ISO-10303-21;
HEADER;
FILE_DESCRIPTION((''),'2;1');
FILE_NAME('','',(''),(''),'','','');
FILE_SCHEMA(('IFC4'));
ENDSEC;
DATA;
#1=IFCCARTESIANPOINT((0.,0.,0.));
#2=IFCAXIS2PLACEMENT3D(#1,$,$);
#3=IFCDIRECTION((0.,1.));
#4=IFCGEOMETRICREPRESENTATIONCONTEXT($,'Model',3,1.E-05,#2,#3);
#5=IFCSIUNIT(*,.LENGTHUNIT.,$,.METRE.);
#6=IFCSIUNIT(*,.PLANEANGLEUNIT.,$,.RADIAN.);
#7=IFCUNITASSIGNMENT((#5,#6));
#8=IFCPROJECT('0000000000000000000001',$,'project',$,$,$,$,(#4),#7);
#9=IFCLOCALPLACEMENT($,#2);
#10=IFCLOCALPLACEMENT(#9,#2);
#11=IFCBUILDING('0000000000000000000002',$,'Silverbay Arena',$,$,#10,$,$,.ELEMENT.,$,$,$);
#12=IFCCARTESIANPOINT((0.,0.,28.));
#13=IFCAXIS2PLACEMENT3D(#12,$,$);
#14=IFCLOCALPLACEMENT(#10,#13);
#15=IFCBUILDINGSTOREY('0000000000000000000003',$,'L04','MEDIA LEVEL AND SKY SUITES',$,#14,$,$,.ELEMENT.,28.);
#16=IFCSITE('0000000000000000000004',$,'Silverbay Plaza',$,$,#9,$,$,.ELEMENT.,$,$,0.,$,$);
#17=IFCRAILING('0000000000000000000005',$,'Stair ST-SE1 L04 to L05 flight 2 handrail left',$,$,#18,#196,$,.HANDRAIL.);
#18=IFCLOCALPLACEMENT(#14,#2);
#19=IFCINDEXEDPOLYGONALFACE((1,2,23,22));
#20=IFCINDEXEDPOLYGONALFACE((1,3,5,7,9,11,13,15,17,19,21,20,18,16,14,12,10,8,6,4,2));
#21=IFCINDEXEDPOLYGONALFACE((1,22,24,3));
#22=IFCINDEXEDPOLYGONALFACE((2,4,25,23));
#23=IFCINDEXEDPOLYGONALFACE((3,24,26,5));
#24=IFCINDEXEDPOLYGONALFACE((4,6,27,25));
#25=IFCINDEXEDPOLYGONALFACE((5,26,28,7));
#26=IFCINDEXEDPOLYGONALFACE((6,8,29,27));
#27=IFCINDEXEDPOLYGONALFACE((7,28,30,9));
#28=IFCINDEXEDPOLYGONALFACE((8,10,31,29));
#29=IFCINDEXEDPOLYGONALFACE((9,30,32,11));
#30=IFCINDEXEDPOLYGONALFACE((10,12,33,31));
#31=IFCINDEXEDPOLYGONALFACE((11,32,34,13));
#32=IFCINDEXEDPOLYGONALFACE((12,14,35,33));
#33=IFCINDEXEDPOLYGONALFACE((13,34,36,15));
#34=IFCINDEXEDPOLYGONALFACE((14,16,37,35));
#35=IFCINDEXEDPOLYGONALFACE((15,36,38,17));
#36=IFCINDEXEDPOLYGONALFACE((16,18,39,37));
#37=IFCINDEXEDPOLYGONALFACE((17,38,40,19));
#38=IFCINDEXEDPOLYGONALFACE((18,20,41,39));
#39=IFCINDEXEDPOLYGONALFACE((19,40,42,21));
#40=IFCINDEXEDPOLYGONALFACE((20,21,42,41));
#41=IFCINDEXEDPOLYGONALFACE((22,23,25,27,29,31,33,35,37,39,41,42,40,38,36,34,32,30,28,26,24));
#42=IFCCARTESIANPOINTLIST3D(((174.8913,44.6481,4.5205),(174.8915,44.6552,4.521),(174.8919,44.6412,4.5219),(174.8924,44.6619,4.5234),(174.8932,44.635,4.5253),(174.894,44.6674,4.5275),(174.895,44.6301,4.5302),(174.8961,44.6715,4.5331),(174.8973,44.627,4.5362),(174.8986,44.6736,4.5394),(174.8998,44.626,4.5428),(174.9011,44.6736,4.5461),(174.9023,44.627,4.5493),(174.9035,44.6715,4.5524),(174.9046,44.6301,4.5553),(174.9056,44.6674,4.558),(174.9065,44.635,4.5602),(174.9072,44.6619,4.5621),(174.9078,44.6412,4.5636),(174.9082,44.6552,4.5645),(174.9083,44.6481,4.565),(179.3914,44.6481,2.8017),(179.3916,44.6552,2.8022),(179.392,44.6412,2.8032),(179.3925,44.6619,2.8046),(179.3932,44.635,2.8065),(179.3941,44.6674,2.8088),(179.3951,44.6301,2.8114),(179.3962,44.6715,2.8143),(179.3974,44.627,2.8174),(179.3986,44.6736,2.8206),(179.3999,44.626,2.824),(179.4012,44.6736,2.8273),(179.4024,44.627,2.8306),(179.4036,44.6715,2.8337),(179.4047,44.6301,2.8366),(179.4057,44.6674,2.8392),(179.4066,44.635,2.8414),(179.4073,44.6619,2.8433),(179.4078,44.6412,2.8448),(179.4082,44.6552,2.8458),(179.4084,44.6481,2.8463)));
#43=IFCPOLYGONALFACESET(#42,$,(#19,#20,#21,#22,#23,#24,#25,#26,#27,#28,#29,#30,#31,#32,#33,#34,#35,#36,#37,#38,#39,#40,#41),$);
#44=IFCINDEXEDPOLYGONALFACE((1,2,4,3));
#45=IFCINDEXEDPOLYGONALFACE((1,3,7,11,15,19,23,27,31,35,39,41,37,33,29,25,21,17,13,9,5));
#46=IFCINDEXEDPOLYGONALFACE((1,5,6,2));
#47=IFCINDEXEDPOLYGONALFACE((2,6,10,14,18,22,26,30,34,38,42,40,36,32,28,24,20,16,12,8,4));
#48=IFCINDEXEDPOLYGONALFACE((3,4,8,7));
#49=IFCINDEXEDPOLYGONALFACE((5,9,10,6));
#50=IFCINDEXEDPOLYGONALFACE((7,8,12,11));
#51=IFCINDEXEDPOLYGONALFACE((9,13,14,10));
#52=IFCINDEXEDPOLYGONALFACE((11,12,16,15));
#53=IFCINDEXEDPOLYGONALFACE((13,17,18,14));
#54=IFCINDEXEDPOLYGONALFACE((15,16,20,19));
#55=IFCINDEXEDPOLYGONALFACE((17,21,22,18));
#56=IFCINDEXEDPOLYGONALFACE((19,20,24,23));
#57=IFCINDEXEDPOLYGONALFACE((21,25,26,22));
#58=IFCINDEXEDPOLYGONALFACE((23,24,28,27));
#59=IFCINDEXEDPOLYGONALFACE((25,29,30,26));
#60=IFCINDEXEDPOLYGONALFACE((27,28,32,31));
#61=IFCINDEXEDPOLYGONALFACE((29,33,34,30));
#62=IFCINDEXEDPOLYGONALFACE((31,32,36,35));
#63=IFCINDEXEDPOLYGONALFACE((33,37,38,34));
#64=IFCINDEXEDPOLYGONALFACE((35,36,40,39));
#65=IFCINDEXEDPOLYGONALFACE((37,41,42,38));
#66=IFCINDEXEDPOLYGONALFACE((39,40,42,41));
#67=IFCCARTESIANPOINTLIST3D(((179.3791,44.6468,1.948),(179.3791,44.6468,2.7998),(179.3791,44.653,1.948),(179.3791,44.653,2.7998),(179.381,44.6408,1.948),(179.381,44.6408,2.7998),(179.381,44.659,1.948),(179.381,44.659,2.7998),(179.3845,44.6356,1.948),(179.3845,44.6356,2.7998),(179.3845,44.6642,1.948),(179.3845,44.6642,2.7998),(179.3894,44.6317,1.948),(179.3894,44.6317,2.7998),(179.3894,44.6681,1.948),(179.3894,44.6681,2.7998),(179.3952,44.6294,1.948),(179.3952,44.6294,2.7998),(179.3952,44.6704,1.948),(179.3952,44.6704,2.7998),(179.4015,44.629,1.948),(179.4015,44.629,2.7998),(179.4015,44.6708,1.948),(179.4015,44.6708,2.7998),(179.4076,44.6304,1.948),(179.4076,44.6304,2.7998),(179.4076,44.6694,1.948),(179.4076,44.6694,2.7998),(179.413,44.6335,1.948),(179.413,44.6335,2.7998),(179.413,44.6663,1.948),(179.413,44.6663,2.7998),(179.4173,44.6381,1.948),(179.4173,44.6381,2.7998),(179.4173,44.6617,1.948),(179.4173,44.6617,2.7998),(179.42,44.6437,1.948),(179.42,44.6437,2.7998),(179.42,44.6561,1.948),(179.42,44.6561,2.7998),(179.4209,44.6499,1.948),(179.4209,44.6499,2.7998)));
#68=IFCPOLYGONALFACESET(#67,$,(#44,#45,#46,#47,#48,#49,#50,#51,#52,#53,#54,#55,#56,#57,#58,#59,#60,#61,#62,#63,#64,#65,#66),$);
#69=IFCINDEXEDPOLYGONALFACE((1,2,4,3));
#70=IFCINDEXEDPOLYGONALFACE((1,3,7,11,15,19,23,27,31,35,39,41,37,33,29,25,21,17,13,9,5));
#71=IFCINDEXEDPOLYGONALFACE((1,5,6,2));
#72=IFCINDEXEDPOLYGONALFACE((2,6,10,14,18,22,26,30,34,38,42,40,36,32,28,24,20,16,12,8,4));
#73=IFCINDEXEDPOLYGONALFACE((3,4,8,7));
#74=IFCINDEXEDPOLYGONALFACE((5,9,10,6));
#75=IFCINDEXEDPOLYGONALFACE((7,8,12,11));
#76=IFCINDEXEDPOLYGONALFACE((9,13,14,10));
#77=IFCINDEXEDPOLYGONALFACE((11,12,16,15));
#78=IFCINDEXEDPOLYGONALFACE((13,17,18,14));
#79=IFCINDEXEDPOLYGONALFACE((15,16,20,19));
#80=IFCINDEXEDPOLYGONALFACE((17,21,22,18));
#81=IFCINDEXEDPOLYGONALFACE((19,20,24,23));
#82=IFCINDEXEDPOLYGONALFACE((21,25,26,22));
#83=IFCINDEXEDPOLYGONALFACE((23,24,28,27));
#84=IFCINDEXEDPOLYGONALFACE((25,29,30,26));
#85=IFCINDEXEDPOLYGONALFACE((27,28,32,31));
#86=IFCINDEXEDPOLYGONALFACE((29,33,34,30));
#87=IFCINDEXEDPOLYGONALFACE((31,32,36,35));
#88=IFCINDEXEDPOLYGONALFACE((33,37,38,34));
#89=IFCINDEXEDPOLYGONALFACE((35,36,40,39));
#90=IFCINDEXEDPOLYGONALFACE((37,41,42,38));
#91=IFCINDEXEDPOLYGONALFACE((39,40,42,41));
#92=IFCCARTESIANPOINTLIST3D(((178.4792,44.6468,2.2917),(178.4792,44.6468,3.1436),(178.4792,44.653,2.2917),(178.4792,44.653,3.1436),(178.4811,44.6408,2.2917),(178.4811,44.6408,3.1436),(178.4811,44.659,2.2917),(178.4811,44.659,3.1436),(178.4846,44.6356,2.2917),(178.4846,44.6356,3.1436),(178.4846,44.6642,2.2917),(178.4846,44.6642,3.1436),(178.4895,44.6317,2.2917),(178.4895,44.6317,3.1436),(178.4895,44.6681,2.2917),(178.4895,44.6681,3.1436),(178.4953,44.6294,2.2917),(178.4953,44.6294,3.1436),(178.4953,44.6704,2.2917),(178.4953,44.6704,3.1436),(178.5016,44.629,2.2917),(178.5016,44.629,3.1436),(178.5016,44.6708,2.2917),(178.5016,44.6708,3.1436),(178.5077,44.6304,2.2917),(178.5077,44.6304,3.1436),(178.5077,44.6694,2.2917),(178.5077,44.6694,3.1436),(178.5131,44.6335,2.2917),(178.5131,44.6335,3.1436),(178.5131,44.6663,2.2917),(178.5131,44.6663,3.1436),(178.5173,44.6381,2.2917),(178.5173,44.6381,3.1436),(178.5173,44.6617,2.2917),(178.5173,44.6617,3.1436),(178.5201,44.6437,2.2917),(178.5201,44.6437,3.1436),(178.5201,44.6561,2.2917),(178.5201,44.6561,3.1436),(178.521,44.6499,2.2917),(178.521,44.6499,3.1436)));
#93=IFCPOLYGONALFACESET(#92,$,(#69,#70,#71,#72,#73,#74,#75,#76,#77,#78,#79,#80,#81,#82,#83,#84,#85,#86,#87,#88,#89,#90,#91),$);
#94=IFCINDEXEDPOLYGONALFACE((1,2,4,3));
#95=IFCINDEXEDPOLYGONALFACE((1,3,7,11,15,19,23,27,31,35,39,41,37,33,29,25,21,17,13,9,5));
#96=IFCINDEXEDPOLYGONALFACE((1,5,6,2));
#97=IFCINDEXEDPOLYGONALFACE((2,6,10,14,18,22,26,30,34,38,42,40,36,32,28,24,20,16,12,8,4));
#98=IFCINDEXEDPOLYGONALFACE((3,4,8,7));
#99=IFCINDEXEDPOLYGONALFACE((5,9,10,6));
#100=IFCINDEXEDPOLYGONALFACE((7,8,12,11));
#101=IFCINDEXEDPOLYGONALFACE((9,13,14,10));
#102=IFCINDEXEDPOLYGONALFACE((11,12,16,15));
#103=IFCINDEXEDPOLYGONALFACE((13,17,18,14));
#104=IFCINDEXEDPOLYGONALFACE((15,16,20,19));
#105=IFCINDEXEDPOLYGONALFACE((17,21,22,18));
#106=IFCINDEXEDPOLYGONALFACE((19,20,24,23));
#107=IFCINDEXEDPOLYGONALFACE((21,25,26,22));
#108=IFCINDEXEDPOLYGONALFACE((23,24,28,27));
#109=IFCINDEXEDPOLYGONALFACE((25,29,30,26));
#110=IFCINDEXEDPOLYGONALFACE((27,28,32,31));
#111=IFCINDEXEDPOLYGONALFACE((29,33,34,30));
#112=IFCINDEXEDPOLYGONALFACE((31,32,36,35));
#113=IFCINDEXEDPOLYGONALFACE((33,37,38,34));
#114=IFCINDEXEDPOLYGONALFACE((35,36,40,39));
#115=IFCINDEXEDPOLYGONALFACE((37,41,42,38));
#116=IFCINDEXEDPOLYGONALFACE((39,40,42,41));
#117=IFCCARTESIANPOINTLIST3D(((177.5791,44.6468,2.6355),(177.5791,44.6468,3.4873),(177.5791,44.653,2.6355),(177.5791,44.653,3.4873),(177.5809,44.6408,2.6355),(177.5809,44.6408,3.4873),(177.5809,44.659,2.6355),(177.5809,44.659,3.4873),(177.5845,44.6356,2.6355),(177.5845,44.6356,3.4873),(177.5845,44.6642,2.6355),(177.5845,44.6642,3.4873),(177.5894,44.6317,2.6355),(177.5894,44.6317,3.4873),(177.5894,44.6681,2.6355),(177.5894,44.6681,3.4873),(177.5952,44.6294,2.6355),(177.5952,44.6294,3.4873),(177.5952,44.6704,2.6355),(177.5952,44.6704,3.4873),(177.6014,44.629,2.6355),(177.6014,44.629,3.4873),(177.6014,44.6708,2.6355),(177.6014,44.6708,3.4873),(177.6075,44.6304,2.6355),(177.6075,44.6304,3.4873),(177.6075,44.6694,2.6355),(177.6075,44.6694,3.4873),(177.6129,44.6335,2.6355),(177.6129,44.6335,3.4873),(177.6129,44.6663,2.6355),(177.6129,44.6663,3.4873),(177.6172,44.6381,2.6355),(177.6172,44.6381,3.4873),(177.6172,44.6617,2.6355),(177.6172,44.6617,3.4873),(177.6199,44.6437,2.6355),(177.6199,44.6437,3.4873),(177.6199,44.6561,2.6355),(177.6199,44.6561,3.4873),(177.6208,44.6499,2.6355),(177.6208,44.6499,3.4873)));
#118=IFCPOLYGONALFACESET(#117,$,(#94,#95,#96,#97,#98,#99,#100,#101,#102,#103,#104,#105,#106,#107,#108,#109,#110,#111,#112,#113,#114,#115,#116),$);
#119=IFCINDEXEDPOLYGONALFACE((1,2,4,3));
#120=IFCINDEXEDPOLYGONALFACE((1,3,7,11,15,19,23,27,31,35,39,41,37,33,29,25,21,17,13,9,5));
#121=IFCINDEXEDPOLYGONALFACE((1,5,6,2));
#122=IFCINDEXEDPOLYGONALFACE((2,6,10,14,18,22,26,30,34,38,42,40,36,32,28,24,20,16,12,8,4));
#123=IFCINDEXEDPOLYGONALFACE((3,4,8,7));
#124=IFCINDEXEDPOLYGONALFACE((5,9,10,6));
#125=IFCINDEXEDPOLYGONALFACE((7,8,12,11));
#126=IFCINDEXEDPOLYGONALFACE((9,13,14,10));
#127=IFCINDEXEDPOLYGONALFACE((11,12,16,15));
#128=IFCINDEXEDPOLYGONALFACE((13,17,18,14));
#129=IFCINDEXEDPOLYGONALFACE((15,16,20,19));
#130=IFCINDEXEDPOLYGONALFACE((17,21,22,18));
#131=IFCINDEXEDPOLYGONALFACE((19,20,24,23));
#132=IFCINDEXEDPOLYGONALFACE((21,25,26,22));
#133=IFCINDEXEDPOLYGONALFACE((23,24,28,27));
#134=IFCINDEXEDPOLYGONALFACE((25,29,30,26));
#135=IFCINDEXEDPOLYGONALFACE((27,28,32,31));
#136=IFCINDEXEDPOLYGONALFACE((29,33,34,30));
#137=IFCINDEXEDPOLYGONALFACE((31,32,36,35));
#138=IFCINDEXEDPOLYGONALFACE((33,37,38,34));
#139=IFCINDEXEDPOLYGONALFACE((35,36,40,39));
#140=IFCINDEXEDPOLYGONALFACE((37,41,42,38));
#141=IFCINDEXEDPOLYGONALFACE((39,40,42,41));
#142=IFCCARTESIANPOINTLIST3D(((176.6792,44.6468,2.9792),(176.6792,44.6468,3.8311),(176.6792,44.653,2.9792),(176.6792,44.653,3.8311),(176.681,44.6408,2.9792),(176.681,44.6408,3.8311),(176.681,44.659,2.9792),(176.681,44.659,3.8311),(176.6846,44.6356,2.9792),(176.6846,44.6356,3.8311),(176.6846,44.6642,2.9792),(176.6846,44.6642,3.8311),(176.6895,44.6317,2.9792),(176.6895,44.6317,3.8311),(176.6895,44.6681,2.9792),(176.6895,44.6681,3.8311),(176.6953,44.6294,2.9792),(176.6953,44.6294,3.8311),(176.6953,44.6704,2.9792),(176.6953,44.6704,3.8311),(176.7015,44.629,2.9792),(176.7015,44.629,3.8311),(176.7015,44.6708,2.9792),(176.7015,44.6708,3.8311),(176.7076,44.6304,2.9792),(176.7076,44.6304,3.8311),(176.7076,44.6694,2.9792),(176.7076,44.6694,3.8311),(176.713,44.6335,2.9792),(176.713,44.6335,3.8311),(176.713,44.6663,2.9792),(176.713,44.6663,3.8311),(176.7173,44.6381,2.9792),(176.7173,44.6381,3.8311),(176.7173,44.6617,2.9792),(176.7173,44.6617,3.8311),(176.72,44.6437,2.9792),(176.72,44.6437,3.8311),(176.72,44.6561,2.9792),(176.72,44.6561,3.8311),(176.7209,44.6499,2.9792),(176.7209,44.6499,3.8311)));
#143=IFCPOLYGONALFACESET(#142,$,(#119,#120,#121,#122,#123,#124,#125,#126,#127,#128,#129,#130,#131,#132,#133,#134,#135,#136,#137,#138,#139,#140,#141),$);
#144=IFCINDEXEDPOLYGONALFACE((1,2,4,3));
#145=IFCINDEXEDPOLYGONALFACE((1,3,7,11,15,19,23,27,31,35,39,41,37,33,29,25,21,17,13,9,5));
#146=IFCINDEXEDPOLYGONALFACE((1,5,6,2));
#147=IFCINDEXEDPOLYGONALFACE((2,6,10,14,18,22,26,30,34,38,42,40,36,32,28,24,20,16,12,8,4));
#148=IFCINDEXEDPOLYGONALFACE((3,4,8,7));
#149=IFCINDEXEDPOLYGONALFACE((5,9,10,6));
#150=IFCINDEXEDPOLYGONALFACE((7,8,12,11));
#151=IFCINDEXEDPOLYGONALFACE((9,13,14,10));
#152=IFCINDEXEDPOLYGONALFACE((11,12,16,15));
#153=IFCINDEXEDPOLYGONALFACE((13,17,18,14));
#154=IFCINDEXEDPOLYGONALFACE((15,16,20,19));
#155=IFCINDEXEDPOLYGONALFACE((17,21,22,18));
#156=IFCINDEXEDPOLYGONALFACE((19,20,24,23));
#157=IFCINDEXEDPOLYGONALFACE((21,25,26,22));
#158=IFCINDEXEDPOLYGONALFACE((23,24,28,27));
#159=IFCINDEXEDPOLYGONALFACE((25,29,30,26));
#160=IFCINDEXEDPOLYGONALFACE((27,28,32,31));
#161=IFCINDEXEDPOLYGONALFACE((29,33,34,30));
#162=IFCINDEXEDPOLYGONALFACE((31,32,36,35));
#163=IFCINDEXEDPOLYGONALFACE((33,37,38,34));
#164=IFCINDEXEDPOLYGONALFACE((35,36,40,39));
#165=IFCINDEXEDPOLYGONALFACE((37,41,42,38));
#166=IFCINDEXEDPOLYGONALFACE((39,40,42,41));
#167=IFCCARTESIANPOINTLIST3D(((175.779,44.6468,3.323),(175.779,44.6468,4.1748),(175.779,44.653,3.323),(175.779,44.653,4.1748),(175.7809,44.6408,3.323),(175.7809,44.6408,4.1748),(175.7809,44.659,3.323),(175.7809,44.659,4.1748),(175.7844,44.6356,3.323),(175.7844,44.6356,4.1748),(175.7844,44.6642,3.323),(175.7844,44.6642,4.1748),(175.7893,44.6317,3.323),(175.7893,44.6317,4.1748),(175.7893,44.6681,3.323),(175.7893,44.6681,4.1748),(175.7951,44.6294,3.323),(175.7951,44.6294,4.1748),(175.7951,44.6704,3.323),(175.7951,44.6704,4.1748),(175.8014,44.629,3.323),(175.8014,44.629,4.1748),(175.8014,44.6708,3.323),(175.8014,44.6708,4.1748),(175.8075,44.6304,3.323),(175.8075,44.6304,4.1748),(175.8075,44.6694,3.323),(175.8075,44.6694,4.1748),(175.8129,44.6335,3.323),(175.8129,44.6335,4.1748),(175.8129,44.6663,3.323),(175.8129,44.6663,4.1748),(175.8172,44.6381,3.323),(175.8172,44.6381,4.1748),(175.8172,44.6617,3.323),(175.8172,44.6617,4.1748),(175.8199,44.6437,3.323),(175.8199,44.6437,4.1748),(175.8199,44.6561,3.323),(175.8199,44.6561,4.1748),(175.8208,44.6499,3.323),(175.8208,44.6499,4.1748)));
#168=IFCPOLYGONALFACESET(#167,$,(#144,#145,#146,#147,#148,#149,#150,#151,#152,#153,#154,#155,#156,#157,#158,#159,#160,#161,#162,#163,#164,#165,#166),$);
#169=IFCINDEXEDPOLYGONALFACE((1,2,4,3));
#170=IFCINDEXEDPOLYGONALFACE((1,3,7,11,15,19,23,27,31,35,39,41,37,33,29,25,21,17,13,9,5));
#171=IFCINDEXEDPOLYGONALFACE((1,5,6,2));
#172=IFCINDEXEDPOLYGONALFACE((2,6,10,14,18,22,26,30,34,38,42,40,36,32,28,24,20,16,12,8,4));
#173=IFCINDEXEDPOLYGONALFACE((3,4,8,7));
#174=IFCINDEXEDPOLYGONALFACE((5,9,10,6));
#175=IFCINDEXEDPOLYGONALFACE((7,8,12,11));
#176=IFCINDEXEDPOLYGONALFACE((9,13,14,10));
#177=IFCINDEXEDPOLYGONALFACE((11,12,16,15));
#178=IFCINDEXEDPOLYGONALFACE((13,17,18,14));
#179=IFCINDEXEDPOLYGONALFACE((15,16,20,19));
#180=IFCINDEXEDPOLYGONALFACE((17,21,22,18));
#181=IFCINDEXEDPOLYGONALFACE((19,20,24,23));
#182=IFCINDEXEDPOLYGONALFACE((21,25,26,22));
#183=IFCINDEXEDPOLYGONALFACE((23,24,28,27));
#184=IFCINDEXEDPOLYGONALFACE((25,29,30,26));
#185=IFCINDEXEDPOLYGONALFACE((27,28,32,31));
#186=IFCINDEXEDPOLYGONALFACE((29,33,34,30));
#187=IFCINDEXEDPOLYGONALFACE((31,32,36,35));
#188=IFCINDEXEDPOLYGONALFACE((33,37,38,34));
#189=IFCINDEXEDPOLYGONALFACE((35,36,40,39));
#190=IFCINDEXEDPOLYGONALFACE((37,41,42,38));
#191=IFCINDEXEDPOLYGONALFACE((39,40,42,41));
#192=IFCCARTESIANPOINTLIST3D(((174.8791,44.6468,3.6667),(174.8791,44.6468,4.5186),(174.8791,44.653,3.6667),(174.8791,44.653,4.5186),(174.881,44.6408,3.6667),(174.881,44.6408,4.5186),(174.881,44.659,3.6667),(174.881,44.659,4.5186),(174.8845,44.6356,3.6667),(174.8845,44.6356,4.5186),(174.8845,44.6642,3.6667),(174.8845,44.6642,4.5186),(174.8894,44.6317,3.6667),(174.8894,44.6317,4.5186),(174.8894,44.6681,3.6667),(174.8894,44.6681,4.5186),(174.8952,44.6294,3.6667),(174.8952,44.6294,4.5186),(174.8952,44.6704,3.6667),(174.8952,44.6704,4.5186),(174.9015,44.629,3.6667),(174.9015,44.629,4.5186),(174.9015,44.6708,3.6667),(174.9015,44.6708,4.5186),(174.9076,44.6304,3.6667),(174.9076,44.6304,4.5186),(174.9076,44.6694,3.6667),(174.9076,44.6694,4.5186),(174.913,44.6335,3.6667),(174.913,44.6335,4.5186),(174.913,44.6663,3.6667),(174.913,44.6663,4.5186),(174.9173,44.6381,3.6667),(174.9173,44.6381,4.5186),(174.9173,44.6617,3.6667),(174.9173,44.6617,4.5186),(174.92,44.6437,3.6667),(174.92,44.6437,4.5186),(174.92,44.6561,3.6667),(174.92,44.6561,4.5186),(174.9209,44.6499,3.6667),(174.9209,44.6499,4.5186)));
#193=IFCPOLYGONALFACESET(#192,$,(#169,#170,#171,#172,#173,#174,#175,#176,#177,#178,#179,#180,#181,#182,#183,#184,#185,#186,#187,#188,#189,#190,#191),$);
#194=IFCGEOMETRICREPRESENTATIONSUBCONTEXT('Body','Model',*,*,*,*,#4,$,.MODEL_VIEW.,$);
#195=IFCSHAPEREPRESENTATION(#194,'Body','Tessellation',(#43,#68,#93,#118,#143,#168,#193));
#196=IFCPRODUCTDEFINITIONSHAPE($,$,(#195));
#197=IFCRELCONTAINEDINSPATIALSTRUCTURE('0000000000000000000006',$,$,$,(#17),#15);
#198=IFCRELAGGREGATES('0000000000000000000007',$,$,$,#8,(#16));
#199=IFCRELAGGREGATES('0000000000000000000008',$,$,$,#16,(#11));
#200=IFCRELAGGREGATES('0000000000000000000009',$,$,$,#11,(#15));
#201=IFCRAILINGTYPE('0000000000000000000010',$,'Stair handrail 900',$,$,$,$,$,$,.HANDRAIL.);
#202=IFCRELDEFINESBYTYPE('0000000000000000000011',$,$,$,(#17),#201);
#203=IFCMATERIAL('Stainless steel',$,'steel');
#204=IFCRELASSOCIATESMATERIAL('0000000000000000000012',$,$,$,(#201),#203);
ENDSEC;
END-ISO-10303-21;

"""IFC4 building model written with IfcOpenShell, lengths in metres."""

from ifc_helpers import new_model, si_unit, direction, frame, origin, origin_2d, place, context, subcontext, project, spatial, circle, extrude, material, type_object, element, save


model = new_model("IFC4")

# Units and contexts
model_context = context("Model", 3, precision=1e-05, world=origin(), true_north=direction((0.0, 1.0)))
body_context = subcontext(model_context, "Body", "Model", "MODEL_VIEW")
ifc_project = project(units=[si_unit("LENGTHUNIT", "METRE"), si_unit("PLANEANGLEUNIT", "RADIAN")], contexts=[model_context])

# Site, building, storey
site_placement = place(None, origin())
site = spatial("IfcSite", under=ifc_project, at=site_placement, Name="Silverbay Plaza", CompositionType="ELEMENT", RefElevation=0.0)
building_placement = place(site_placement, origin())
building = spatial("IfcBuilding", under=site, at=building_placement, Name="Silverbay Arena", CompositionType="ELEMENT")
storey_placement = place(building_placement, frame((0.0, 0.0, 28.0)))
storey = spatial("IfcBuildingStorey", under=building, at=storey_placement, Name="L04", Description="MEDIA LEVEL AND SKY SUITES", CompositionType="ELEMENT", Elevation=28.0)

# Railing
ifc_material_1 = material(Name="Stainless steel", Category="steel")
railing_type_1 = type_object("IfcRailingType", Name="Stair handrail 900", PredefinedType="HANDRAIL", material=ifc_material_1)
for number, where, name in (
    (1, (179.3999, 44.6499, 1.948), "Stair ST-SE1 L04 to L05 flight 2 handrail left"),
):
    element("IfcRailing", number, at=place(storey_placement, frame(where)), inside=storey, type_object=railing_type_1, Name=name, PredefinedType="HANDRAIL", context=body_context, shape_type="SweptSolid", body=[
        extrude(circle(Radius=0.0239, at=origin_2d()), frame((0.0, 0.0, 0.876), z_axis=(-0.934179, 0.0, 0.356805), x_axis=(0.0, -1.0, 0.0)), (0.0, 0.0, 1.0), 4.8171),
        extrude(circle(Radius=0.021, at=origin_2d()), origin(), (0.0, 0.0, 1.0), 0.8518),
        extrude(circle(Radius=0.021, at=origin_2d()), frame((-0.8999, 0.0, 0.3438)), (0.0, 0.0, 1.0), 0.8518),
        extrude(circle(Radius=0.021, at=origin_2d()), frame((-1.8, 0.0, 0.6875)), (0.0, 0.0, 1.0), 0.8518),
        extrude(circle(Radius=0.021, at=origin_2d()), frame((-2.7, 0.0, 1.0312)), (0.0, 0.0, 1.0), 0.8518),
        extrude(circle(Radius=0.021, at=origin_2d()), frame((-3.6001, 0.0, 1.375)), (0.0, 0.0, 1.0), 0.8518),
        extrude(circle(Radius=0.021, at=origin_2d()), frame((-4.5, 0.0, 1.7188)), (0.0, 0.0, 1.0), 0.8518),
    ])

save(model, "model.ifc")
